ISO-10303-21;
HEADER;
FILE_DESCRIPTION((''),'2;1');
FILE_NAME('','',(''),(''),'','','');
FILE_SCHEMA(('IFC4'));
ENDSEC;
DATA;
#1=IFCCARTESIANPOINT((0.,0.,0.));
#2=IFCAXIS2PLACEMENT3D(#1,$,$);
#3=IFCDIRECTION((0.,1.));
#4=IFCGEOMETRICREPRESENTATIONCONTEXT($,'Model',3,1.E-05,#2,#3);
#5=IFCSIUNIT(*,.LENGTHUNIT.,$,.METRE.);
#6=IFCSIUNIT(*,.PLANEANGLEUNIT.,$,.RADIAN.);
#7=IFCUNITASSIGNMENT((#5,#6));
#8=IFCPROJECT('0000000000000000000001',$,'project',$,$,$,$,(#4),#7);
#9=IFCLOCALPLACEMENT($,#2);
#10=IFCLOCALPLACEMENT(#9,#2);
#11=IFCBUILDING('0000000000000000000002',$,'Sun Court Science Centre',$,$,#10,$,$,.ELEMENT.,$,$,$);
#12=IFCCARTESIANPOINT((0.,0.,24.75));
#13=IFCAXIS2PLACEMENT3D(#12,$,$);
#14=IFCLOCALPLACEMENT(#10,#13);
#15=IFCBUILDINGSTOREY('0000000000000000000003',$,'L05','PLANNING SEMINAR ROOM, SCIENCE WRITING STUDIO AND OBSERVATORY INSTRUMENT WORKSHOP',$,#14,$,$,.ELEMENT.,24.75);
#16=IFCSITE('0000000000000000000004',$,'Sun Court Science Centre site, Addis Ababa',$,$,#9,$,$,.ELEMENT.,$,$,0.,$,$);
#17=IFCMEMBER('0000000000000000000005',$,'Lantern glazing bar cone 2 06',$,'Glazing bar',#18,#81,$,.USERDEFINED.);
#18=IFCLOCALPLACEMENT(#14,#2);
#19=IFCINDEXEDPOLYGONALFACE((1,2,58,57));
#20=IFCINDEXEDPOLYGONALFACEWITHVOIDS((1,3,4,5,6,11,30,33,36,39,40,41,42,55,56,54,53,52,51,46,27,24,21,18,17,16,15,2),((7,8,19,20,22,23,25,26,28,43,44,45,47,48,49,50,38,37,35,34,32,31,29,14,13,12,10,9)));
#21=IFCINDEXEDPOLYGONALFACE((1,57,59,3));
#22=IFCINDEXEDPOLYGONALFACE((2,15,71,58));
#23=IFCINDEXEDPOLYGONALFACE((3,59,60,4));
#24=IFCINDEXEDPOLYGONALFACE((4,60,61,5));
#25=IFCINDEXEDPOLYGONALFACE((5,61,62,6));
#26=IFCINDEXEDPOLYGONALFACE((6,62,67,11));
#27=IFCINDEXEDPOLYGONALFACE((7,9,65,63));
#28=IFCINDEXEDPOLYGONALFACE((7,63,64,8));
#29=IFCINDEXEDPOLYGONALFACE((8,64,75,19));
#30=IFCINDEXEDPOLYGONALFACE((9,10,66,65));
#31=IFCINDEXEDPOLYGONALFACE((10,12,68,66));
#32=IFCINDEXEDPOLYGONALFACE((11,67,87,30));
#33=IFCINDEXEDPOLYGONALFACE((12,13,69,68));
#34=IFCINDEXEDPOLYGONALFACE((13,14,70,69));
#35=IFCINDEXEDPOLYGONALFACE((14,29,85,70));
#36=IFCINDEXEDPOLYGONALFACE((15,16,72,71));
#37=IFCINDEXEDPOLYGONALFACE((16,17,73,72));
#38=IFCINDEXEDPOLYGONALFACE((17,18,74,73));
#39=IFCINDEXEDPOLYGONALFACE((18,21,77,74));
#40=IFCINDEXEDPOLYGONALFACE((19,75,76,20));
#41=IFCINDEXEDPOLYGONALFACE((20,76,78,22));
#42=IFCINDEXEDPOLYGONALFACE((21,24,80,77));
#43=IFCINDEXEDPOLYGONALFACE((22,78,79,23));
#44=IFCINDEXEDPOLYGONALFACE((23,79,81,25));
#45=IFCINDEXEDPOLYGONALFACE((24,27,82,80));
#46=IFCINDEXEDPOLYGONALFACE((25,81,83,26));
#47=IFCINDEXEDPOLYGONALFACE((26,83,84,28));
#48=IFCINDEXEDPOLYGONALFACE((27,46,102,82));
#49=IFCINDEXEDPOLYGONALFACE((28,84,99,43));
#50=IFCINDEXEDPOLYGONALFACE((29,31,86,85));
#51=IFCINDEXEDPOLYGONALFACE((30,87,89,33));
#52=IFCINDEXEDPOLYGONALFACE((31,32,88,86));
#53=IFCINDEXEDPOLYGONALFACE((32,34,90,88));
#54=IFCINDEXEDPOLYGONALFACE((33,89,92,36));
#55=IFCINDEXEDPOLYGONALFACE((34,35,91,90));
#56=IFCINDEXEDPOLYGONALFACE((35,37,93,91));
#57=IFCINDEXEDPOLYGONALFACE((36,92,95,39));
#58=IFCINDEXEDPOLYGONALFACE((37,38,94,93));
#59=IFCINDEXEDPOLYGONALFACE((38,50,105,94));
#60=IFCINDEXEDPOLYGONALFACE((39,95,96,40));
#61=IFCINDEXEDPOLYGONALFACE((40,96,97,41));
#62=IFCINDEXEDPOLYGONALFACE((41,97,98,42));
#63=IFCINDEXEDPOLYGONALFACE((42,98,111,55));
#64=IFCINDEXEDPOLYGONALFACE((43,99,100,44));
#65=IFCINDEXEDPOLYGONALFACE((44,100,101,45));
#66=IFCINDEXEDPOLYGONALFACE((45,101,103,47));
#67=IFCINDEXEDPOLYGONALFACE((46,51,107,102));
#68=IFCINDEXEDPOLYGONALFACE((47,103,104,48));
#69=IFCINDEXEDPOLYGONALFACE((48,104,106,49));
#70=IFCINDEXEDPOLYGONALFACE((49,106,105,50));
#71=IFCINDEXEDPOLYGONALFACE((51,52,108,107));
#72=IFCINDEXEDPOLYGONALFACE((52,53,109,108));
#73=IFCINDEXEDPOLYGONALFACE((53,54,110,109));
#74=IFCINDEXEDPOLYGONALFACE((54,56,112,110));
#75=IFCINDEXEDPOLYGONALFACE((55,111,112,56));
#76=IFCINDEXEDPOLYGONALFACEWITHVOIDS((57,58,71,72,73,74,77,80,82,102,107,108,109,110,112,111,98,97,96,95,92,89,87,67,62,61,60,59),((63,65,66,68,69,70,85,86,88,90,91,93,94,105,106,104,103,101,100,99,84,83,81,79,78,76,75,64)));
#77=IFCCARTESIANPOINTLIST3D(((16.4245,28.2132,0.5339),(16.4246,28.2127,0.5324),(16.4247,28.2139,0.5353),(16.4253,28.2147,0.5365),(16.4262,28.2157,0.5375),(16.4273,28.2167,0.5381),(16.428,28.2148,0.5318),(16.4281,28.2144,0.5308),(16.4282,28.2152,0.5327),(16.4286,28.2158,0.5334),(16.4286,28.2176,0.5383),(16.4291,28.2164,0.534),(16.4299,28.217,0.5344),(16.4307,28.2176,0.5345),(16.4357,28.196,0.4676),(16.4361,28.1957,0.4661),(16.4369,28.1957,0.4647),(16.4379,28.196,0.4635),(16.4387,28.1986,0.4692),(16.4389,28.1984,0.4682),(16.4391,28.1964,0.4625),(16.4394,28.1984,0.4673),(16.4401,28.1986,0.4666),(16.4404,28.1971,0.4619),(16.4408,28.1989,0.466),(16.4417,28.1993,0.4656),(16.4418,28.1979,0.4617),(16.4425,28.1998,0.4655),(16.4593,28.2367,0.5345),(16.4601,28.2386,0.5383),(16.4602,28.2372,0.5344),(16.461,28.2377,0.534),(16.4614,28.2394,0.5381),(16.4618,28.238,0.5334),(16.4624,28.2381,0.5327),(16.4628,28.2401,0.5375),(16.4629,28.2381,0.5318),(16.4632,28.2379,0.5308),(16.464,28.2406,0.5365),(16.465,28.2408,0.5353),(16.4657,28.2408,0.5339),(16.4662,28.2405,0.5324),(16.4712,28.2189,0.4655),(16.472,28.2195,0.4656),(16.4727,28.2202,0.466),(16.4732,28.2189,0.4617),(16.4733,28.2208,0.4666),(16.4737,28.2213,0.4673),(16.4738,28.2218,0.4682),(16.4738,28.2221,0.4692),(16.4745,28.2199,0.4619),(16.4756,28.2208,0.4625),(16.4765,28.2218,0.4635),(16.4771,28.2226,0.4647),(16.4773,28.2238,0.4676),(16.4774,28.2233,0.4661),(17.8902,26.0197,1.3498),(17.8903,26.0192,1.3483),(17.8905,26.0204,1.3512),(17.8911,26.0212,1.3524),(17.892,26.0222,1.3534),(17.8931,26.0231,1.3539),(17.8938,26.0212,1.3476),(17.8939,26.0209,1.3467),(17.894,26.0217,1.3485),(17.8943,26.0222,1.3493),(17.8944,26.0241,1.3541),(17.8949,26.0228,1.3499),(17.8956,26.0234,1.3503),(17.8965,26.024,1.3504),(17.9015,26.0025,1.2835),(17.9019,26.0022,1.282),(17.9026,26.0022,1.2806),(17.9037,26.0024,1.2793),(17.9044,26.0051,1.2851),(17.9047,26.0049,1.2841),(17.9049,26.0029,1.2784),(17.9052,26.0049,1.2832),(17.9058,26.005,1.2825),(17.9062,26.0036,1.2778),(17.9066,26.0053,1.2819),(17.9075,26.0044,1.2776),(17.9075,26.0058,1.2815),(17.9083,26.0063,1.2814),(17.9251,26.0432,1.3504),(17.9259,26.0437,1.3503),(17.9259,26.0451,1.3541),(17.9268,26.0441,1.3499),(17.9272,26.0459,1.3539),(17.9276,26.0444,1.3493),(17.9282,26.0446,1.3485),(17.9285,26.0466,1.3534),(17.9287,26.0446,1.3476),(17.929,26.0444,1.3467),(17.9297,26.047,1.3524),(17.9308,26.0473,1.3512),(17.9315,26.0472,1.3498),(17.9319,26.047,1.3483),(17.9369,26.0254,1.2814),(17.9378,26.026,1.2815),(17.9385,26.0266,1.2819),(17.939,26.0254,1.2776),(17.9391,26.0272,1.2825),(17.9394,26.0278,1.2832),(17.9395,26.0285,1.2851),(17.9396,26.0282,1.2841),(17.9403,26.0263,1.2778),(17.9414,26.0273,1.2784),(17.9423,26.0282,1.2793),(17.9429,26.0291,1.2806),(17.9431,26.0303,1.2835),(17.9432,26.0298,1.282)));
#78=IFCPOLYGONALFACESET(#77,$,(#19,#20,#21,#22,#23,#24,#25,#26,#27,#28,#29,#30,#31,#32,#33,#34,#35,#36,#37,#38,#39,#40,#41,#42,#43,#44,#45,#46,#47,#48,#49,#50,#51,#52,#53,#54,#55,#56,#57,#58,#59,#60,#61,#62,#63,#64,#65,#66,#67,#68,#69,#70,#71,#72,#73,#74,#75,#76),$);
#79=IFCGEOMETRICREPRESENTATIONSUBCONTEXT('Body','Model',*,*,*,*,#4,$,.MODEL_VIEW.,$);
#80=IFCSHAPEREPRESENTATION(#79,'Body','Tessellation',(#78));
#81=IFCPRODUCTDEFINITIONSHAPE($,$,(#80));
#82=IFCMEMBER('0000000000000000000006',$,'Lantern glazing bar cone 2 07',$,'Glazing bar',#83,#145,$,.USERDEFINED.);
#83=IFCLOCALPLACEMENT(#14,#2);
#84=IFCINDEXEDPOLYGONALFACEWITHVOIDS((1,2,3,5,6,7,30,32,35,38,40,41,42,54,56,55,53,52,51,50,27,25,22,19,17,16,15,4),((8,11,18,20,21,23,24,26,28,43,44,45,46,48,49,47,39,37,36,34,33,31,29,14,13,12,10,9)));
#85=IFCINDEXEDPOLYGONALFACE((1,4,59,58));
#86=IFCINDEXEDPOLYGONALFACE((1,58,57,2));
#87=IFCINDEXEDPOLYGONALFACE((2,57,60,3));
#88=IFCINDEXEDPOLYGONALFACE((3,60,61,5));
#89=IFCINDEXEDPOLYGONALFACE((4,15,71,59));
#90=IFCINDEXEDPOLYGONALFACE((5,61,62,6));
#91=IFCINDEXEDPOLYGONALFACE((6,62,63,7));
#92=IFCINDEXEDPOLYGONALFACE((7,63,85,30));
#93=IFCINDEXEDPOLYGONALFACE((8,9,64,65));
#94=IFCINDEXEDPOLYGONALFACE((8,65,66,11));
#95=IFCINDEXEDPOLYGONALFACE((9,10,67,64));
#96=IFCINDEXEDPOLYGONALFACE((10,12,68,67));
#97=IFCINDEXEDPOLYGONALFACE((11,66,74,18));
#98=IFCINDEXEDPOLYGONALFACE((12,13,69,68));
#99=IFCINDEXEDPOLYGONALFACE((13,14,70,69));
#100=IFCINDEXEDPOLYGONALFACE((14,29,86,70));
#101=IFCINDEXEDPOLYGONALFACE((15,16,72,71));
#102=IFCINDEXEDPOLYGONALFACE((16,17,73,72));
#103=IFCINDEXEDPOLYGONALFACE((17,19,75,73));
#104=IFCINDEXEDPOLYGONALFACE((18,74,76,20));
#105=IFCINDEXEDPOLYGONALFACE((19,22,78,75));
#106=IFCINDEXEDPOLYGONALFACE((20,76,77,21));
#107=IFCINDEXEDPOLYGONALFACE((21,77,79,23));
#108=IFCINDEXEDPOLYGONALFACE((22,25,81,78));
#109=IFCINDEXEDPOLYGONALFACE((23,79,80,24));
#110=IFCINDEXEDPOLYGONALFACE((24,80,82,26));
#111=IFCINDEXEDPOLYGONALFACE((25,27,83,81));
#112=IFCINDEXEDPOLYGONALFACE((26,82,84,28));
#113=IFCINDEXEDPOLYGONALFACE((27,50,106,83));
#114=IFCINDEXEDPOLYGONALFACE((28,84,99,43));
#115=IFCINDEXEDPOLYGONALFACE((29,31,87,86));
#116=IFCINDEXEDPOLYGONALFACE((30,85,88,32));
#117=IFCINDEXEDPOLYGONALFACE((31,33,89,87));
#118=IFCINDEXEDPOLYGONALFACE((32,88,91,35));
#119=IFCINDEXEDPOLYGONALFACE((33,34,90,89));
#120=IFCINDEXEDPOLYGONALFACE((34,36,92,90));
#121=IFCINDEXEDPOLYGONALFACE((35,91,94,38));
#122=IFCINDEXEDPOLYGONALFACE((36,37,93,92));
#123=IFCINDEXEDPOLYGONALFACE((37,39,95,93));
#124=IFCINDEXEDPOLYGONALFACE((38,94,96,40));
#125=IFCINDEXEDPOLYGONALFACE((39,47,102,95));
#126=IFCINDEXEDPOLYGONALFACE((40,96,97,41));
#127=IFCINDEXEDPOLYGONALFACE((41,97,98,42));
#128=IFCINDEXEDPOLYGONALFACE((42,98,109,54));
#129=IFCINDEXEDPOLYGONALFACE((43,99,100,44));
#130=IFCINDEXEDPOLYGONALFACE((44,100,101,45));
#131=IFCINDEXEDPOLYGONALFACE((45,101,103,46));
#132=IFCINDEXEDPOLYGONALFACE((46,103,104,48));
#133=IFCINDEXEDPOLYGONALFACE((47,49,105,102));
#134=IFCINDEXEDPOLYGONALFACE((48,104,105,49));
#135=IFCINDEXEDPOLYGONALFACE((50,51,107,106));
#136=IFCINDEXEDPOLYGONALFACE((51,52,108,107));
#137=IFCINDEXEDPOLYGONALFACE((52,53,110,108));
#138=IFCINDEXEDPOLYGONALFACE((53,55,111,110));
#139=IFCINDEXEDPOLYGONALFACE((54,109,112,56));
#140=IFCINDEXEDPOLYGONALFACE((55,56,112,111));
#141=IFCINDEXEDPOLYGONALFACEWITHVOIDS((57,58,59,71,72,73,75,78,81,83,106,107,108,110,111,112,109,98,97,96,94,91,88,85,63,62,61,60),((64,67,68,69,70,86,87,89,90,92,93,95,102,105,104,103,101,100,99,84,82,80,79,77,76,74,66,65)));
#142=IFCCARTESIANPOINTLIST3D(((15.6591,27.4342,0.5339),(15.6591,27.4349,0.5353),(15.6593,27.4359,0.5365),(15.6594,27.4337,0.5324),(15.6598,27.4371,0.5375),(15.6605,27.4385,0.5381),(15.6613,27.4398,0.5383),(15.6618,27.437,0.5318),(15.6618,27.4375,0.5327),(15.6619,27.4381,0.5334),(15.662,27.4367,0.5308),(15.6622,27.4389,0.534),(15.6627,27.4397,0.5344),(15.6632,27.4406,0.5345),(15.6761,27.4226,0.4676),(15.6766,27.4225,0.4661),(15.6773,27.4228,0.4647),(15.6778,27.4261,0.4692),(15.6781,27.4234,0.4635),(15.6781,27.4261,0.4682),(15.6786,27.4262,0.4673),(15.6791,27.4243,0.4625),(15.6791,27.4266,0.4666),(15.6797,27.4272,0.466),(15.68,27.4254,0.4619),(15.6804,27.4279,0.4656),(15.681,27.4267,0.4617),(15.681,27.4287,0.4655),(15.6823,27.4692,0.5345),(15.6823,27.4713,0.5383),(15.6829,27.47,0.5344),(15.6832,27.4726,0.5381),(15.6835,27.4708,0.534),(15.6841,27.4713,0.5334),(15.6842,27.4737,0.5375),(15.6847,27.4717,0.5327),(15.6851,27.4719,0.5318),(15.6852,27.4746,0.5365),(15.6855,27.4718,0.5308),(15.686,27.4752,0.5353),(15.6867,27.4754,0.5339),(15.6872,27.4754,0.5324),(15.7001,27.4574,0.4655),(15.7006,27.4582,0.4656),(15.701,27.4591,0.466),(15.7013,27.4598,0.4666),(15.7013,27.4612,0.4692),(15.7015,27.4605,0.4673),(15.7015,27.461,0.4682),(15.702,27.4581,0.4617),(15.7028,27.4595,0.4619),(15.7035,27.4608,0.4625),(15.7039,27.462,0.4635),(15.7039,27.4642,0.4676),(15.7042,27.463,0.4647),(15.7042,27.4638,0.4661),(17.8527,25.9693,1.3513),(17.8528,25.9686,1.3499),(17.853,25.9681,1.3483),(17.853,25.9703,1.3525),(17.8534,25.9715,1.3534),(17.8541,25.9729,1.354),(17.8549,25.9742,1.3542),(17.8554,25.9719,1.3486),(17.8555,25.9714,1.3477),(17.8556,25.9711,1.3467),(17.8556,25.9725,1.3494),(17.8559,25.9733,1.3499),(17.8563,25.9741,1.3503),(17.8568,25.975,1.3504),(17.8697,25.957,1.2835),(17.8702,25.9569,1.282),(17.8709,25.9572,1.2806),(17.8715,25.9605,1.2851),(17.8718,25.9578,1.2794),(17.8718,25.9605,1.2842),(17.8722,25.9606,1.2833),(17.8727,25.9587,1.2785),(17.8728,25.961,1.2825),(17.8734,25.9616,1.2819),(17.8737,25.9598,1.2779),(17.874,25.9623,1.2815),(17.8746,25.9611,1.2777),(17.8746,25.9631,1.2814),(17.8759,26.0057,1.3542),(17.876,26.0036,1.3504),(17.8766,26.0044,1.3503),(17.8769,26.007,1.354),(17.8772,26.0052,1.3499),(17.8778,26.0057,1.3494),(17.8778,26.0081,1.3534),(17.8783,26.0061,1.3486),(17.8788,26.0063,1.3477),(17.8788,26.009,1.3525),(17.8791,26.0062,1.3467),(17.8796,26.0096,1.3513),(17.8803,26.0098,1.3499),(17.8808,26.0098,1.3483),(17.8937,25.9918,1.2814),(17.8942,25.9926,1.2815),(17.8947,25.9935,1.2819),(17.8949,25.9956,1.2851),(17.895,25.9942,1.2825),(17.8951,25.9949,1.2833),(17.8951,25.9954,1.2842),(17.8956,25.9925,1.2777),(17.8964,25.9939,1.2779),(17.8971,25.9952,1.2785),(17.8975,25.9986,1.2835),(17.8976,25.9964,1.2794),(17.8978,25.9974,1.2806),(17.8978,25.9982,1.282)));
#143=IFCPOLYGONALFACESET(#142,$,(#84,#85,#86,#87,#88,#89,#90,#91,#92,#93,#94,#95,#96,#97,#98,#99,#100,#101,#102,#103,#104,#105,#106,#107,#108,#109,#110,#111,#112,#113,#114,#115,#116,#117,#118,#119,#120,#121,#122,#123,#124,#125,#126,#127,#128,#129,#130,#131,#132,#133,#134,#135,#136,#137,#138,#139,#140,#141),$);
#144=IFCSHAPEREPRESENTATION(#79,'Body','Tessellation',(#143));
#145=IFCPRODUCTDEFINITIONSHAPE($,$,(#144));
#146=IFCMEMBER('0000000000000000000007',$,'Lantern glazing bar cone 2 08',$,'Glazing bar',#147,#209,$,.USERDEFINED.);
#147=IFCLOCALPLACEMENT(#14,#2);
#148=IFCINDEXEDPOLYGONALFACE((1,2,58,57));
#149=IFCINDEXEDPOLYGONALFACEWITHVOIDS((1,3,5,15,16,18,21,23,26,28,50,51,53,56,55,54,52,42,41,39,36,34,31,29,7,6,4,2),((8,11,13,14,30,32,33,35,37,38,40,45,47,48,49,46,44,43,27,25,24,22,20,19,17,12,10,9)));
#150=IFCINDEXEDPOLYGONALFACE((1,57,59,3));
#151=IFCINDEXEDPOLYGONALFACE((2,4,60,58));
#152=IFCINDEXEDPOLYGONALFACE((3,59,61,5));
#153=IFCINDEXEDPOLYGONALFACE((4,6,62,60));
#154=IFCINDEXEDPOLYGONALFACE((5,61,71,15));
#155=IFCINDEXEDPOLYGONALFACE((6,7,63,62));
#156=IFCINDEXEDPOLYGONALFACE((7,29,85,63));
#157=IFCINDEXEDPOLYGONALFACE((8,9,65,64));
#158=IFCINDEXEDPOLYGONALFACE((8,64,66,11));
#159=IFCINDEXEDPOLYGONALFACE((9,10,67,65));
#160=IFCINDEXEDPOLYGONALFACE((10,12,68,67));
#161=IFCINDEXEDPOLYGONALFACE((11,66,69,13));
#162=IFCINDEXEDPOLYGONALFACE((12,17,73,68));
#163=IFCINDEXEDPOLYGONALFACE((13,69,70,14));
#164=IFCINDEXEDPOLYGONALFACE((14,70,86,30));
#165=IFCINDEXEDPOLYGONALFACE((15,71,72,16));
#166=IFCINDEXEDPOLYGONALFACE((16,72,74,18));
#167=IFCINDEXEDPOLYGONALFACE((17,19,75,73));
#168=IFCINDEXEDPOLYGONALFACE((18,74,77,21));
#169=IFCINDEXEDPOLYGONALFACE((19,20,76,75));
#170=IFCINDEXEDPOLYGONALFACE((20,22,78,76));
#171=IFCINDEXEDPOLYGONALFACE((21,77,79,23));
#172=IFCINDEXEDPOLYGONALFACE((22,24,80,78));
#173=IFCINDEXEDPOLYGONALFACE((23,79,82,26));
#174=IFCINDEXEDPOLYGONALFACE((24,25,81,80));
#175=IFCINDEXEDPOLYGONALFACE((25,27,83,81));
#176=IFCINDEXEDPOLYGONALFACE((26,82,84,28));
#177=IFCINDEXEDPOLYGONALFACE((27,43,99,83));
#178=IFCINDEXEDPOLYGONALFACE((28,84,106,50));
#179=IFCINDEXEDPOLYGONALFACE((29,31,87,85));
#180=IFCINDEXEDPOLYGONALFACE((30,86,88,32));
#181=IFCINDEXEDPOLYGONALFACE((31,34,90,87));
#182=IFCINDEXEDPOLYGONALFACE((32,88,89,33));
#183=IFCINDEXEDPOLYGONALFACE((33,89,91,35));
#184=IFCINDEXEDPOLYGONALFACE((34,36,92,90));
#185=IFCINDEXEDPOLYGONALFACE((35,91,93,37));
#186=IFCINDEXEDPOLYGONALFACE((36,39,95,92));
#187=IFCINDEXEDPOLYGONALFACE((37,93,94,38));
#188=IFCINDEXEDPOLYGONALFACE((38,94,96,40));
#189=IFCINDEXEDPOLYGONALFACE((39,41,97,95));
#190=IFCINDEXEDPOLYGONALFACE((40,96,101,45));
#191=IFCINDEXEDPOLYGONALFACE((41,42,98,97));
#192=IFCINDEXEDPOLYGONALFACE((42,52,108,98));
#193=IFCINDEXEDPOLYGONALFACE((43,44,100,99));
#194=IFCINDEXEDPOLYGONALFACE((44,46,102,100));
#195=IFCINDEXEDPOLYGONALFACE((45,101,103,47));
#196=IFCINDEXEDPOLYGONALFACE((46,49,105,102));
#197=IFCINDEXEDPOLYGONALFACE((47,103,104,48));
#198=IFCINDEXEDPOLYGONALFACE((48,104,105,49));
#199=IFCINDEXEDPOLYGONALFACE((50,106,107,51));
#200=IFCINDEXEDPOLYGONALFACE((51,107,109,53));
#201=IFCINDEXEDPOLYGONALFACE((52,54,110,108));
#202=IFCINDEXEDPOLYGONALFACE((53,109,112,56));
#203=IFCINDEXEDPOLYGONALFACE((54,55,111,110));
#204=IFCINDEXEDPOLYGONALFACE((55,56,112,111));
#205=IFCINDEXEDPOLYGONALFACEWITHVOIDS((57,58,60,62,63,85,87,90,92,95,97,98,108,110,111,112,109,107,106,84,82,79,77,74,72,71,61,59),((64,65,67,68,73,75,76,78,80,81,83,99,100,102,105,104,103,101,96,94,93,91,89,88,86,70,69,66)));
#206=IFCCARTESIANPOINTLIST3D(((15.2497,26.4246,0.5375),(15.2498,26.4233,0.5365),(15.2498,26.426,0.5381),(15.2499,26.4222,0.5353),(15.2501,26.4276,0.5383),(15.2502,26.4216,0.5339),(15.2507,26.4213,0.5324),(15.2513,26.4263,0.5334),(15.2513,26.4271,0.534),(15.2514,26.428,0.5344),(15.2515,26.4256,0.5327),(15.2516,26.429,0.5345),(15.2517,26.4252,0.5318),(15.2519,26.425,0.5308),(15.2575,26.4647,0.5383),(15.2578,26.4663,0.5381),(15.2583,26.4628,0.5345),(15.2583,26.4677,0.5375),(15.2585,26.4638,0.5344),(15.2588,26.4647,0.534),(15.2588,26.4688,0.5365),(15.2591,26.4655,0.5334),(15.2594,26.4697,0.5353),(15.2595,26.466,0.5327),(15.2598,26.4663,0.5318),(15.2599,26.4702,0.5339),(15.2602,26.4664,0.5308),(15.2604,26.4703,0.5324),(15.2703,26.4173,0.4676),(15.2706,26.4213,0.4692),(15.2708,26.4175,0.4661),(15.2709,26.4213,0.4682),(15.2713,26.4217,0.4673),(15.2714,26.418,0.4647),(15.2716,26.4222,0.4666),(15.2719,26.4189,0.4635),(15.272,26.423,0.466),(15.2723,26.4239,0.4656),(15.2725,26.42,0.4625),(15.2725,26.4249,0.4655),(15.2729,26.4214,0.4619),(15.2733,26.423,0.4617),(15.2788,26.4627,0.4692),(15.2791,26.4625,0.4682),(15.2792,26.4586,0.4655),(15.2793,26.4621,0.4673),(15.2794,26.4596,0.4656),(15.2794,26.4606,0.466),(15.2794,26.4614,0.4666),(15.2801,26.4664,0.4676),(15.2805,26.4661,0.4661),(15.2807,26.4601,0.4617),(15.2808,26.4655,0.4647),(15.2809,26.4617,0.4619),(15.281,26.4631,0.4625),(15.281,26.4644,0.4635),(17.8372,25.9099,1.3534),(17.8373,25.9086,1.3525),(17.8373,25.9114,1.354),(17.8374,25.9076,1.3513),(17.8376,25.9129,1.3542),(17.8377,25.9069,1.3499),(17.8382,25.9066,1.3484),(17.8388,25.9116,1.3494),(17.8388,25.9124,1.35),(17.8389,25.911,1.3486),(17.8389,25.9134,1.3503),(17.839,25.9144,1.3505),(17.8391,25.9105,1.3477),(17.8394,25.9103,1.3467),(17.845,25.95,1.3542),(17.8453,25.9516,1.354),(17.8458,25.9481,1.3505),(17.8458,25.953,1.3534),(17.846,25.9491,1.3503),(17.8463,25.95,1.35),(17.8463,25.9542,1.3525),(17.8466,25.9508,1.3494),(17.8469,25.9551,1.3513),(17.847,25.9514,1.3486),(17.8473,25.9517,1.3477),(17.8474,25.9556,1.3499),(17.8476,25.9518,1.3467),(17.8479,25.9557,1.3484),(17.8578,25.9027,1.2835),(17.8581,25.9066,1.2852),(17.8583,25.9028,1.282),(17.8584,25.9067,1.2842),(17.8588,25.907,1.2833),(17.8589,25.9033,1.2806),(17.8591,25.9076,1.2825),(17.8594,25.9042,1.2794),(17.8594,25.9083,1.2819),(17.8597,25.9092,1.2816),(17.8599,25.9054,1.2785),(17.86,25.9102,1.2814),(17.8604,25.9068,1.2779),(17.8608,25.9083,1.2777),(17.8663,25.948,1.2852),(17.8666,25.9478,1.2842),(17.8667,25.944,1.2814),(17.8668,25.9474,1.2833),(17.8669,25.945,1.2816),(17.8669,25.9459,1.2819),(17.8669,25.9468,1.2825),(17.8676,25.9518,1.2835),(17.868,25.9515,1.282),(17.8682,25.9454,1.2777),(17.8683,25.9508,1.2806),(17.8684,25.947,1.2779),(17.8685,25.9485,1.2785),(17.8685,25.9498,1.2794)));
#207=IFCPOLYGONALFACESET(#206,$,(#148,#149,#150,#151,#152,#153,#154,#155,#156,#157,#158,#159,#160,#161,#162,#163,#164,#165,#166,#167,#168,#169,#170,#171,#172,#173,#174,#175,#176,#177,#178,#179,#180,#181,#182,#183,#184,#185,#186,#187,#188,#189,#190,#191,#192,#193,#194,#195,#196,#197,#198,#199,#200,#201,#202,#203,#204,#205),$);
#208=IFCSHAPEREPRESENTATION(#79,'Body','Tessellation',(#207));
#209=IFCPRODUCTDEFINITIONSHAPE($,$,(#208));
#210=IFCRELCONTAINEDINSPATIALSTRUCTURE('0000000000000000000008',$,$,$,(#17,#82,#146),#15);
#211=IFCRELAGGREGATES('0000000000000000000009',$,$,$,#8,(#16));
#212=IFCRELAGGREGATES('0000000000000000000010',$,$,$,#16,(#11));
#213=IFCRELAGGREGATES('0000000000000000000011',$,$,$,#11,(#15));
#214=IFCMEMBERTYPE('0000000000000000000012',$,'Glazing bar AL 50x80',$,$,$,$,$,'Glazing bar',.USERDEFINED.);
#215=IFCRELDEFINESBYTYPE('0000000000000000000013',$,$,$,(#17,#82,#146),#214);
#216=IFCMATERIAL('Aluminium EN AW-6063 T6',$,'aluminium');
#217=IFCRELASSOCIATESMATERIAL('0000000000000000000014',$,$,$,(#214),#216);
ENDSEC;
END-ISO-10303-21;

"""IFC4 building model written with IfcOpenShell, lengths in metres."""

from ifc_helpers import new_model, si_unit, direction, frame, origin, origin_2d, place, context, subcontext, project, spatial, hollow_rectangle, extrude, material, material_profile, profile_set, type_object, element, save


model = new_model("IFC4")

# Units and contexts
model_context = context("Model", 3, precision=1e-05, world=origin(), true_north=direction((0.0, 1.0)))
body_context = subcontext(model_context, "Body", "Model", "MODEL_VIEW")
ifc_project = project(units=[si_unit("LENGTHUNIT", "METRE"), si_unit("PLANEANGLEUNIT", "RADIAN")], contexts=[model_context])

# Site, building, storey
site_placement = place(None, origin())
site = spatial("IfcSite", under=ifc_project, at=site_placement, Name="Sun Court Science Centre site, Addis Ababa", CompositionType="ELEMENT", RefElevation=0.0)
building_placement = place(site_placement, origin())
building = spatial("IfcBuilding", under=site, at=building_placement, Name="Sun Court Science Centre", CompositionType="ELEMENT")
storey_placement = place(building_placement, frame((0.0, 0.0, 24.75)))
storey = spatial("IfcBuildingStorey", under=building, at=storey_placement, Name="L05", Description="PLANNING SEMINAR ROOM, SCIENCE WRITING STUDIO AND OBSERVATORY INSTRUMENT WORKSHOP", CompositionType="ELEMENT", Elevation=24.75)

# Members
ifc_material_1 = material(Name="Aluminium EN AW-6063 T6", Category="aluminium")
ifc_material_profile_1 = material_profile(ifc_material_1, hollow_rectangle(XDim=0.05, YDim=0.0801, WallThickness=0.0039, InnerFilletRadius=0.0039, OuterFilletRadius=0.0061, at=origin_2d()), Name="AL 50x80x4")
ifc_profile_set_1 = profile_set([ifc_material_profile_1], Name="Aluminium EN AW-6063 T6")
member_type_1 = type_object("IfcMemberType", Name="Glazing bar AL 50x80", ElementType="Glazing bar", PredefinedType="USERDEFINED", material=ifc_profile_set_1)
for number, where, z_axis, x_axis, name in (
    (1, (16.4509, 28.2183, 0.5), (0.530793, -0.794333, 0.295455), (0.831452, 0.555597, 0.0), "Lantern glazing bar cone 2 06"),
    (2, (15.6816, 27.449, 0.5), (0.79437, -0.53073, 0.295469), (0.555533, 0.831495, 0.0), "Lantern glazing bar cone 2 07"),
    (3, (15.2654, 26.4438, 0.5), (0.936995, -0.186373, 0.295474), (0.195084, 0.980787, 0.0), "Lantern glazing bar cone 2 08"),
):
    element("IfcMember", number, at=place(storey_placement, frame(where, z_axis=z_axis, x_axis=x_axis)), inside=storey, type_object=member_type_1, Name=name, ObjectType="Glazing bar", PredefinedType="USERDEFINED", context=body_context, shape_type="SweptSolid", body=[
        extrude(hollow_rectangle(XDim=0.05, YDim=0.0801, WallThickness=0.0039, InnerFilletRadius=0.0039, OuterFilletRadius=0.0061, at=origin_2d()), origin(), (0.0, 0.0, 1.0), 2.7615),
    ])

save(model, "model.ifc")
